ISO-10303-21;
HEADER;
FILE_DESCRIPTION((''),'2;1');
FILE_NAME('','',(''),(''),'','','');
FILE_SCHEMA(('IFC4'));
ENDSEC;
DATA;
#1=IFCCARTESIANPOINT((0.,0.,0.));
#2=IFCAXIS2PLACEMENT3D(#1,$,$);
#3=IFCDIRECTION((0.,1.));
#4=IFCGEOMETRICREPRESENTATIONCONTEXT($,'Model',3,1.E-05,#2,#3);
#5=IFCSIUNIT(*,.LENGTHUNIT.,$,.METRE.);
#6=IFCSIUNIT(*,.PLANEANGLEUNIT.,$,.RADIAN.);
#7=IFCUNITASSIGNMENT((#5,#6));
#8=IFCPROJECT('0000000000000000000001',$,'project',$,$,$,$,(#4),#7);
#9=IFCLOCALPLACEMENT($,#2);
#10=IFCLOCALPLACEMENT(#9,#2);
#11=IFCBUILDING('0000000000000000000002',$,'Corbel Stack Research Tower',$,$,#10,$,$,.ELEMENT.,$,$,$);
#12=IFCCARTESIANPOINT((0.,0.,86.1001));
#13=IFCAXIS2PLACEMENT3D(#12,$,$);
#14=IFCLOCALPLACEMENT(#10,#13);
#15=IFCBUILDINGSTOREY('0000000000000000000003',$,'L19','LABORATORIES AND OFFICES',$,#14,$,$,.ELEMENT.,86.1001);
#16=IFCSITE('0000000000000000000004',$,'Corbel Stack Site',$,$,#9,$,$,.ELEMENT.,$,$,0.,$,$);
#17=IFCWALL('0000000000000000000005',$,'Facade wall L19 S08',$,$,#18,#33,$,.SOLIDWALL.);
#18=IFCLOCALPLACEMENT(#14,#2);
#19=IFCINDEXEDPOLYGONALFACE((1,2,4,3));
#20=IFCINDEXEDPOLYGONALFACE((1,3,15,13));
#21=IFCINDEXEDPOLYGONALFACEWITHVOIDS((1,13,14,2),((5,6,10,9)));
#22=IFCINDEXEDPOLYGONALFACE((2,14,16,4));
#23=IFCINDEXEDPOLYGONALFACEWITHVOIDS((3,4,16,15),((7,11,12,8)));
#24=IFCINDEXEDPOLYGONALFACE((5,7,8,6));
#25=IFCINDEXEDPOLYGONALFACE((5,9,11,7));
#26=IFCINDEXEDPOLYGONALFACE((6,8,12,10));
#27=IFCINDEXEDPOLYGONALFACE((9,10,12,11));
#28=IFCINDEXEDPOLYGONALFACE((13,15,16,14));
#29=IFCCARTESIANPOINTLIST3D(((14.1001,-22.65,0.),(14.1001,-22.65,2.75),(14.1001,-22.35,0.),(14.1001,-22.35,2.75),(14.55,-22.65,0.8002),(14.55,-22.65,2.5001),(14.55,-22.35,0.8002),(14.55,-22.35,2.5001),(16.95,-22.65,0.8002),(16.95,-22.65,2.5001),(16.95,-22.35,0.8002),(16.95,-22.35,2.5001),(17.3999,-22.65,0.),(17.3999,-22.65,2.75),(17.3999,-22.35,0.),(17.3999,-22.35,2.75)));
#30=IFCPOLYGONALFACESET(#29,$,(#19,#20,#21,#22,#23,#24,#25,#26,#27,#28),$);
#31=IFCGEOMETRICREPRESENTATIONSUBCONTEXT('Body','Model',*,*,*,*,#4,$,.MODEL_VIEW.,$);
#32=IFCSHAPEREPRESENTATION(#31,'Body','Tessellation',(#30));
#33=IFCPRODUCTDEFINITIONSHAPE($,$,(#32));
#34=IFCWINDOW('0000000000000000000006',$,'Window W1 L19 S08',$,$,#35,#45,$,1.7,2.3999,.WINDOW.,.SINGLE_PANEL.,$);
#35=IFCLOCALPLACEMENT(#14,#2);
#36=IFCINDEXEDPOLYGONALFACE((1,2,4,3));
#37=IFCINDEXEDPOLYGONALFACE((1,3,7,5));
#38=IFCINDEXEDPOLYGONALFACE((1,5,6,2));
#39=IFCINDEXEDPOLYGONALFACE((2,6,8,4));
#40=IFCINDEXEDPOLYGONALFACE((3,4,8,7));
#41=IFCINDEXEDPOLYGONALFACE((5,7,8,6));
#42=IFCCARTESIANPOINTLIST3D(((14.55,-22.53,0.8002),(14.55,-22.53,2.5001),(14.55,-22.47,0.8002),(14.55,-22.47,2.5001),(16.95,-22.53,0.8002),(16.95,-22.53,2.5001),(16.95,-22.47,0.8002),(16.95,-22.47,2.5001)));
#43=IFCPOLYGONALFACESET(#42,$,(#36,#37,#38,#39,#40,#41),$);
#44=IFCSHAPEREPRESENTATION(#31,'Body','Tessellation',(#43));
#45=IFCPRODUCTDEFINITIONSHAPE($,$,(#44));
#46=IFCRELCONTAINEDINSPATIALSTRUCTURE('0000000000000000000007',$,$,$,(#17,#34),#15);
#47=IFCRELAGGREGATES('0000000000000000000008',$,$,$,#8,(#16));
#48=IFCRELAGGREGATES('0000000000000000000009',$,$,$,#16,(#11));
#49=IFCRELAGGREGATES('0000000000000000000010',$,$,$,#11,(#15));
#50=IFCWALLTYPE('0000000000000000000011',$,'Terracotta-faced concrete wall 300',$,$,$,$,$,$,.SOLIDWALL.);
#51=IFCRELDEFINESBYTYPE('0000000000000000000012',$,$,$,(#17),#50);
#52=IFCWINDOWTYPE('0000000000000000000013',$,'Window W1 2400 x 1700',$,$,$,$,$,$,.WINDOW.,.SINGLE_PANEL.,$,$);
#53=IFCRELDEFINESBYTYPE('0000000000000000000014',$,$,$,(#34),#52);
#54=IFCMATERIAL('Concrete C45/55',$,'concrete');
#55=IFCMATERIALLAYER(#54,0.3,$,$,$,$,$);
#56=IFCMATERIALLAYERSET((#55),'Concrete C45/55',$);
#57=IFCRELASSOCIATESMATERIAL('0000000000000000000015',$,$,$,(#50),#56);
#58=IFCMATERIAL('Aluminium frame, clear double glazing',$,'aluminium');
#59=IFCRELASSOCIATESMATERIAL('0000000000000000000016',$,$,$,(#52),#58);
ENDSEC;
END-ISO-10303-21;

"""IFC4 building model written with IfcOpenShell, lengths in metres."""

from ifc_helpers import new_model, si_unit, direction, frame, frame_2d, origin, place, context, subcontext, project, spatial, rectangle, extrude, material, layer, layer_set, type_object, element, fill, save


model = new_model("IFC4")

# Units and contexts
model_context = context("Model", 3, precision=1e-05, world=origin(), true_north=direction((0.0, 1.0)))
body_context = subcontext(model_context, "Body", "Model", "MODEL_VIEW")
ifc_project = project(units=[si_unit("LENGTHUNIT", "METRE"), si_unit("PLANEANGLEUNIT", "RADIAN")], contexts=[model_context])

# Site, building, storey
site_placement = place(None, origin())
site = spatial("IfcSite", under=ifc_project, at=site_placement, Name="Corbel Stack Site", CompositionType="ELEMENT", RefElevation=0.0)
building_placement = place(site_placement, origin())
building = spatial("IfcBuilding", under=site, at=building_placement, Name="Corbel Stack Research Tower", CompositionType="ELEMENT")
storey_placement = place(building_placement, frame((0.0, 0.0, 86.1001)))
storey = spatial("IfcBuildingStorey", under=building, at=storey_placement, Name="L19", Description="LABORATORIES AND OFFICES", CompositionType="ELEMENT", Elevation=86.1001)

# Wall, opening, window
ifc_material_1 = material(Name="Concrete C45/55", Category="concrete")
ifc_layer_1 = layer(ifc_material_1, 0.3)
ifc_layer_set_1 = layer_set([ifc_layer_1], Name="Concrete C45/55")
wall_type_1 = type_object("IfcWallType", Name="Terracotta-faced concrete wall 300", PredefinedType="SOLIDWALL", material=ifc_layer_set_1)
wall_1_placement = place(storey_placement, frame((17.3999, -22.5, 0.0), z_axis=(0.0, 0.0, 1.0), x_axis=(-1.0, 0.0, 0.0)))
wall_1 = element("IfcWall", 1, at=wall_1_placement, inside=storey, type_object=wall_type_1, Name="Facade wall L19 S08", PredefinedType="SOLIDWALL", context=body_context, shape_type="SweptSolid", body=[
    extrude(rectangle(XDim=3.2998, YDim=0.3, at=frame_2d((1.6499, 0.0))), origin(), (0.0, 0.0, 1.0), 2.75),
])
opening_1_placement = place(wall_1_placement, frame((0.45, 0.0, 0.8)))
opening_1 = element("IfcOpeningElement", 2, at=opening_1_placement, cuts=wall_1, PredefinedType="OPENING", context=body_context, shape_type="SweptSolid", body=[
    extrude(rectangle(XDim=2.3999, YDim=1.7, at=frame_2d((1.2, 0.8501))), frame((0.0, 0.1599, 0.0), z_axis=(0.0, -1.0, 0.0), x_axis=(1.0, 0.0, 0.0)), (0.0, 0.0, 1.0), 0.3201),
])
ifc_material_2 = material(Name="Aluminium frame, clear double glazing", Category="aluminium")
window_type = type_object("IfcWindowType", Name="Window W1 2400 x 1700", PartitioningType="SINGLE_PANEL", PredefinedType="WINDOW", material=ifc_material_2)
window_placement = place(opening_1_placement, origin())
window = element("IfcWindow", 3, at=window_placement, inside=storey, type_object=window_type, Name="Window W1 L19 S08", OverallHeight=1.7, OverallWidth=2.3999, PartitioningType="SINGLE_PANEL", PredefinedType="WINDOW", context=body_context, shape_type="SweptSolid", body=[
    extrude(rectangle(XDim=2.3999, YDim=1.7, at=frame_2d((1.2, 0.8501))), frame((0.0, 0.03, 0.0), z_axis=(0.0, -1.0, 0.0), x_axis=(1.0, 0.0, 0.0)), (0.0, 0.0, 1.0), 0.0601),
])
fill(opening_1, window)

save(model, "model.ifc")
